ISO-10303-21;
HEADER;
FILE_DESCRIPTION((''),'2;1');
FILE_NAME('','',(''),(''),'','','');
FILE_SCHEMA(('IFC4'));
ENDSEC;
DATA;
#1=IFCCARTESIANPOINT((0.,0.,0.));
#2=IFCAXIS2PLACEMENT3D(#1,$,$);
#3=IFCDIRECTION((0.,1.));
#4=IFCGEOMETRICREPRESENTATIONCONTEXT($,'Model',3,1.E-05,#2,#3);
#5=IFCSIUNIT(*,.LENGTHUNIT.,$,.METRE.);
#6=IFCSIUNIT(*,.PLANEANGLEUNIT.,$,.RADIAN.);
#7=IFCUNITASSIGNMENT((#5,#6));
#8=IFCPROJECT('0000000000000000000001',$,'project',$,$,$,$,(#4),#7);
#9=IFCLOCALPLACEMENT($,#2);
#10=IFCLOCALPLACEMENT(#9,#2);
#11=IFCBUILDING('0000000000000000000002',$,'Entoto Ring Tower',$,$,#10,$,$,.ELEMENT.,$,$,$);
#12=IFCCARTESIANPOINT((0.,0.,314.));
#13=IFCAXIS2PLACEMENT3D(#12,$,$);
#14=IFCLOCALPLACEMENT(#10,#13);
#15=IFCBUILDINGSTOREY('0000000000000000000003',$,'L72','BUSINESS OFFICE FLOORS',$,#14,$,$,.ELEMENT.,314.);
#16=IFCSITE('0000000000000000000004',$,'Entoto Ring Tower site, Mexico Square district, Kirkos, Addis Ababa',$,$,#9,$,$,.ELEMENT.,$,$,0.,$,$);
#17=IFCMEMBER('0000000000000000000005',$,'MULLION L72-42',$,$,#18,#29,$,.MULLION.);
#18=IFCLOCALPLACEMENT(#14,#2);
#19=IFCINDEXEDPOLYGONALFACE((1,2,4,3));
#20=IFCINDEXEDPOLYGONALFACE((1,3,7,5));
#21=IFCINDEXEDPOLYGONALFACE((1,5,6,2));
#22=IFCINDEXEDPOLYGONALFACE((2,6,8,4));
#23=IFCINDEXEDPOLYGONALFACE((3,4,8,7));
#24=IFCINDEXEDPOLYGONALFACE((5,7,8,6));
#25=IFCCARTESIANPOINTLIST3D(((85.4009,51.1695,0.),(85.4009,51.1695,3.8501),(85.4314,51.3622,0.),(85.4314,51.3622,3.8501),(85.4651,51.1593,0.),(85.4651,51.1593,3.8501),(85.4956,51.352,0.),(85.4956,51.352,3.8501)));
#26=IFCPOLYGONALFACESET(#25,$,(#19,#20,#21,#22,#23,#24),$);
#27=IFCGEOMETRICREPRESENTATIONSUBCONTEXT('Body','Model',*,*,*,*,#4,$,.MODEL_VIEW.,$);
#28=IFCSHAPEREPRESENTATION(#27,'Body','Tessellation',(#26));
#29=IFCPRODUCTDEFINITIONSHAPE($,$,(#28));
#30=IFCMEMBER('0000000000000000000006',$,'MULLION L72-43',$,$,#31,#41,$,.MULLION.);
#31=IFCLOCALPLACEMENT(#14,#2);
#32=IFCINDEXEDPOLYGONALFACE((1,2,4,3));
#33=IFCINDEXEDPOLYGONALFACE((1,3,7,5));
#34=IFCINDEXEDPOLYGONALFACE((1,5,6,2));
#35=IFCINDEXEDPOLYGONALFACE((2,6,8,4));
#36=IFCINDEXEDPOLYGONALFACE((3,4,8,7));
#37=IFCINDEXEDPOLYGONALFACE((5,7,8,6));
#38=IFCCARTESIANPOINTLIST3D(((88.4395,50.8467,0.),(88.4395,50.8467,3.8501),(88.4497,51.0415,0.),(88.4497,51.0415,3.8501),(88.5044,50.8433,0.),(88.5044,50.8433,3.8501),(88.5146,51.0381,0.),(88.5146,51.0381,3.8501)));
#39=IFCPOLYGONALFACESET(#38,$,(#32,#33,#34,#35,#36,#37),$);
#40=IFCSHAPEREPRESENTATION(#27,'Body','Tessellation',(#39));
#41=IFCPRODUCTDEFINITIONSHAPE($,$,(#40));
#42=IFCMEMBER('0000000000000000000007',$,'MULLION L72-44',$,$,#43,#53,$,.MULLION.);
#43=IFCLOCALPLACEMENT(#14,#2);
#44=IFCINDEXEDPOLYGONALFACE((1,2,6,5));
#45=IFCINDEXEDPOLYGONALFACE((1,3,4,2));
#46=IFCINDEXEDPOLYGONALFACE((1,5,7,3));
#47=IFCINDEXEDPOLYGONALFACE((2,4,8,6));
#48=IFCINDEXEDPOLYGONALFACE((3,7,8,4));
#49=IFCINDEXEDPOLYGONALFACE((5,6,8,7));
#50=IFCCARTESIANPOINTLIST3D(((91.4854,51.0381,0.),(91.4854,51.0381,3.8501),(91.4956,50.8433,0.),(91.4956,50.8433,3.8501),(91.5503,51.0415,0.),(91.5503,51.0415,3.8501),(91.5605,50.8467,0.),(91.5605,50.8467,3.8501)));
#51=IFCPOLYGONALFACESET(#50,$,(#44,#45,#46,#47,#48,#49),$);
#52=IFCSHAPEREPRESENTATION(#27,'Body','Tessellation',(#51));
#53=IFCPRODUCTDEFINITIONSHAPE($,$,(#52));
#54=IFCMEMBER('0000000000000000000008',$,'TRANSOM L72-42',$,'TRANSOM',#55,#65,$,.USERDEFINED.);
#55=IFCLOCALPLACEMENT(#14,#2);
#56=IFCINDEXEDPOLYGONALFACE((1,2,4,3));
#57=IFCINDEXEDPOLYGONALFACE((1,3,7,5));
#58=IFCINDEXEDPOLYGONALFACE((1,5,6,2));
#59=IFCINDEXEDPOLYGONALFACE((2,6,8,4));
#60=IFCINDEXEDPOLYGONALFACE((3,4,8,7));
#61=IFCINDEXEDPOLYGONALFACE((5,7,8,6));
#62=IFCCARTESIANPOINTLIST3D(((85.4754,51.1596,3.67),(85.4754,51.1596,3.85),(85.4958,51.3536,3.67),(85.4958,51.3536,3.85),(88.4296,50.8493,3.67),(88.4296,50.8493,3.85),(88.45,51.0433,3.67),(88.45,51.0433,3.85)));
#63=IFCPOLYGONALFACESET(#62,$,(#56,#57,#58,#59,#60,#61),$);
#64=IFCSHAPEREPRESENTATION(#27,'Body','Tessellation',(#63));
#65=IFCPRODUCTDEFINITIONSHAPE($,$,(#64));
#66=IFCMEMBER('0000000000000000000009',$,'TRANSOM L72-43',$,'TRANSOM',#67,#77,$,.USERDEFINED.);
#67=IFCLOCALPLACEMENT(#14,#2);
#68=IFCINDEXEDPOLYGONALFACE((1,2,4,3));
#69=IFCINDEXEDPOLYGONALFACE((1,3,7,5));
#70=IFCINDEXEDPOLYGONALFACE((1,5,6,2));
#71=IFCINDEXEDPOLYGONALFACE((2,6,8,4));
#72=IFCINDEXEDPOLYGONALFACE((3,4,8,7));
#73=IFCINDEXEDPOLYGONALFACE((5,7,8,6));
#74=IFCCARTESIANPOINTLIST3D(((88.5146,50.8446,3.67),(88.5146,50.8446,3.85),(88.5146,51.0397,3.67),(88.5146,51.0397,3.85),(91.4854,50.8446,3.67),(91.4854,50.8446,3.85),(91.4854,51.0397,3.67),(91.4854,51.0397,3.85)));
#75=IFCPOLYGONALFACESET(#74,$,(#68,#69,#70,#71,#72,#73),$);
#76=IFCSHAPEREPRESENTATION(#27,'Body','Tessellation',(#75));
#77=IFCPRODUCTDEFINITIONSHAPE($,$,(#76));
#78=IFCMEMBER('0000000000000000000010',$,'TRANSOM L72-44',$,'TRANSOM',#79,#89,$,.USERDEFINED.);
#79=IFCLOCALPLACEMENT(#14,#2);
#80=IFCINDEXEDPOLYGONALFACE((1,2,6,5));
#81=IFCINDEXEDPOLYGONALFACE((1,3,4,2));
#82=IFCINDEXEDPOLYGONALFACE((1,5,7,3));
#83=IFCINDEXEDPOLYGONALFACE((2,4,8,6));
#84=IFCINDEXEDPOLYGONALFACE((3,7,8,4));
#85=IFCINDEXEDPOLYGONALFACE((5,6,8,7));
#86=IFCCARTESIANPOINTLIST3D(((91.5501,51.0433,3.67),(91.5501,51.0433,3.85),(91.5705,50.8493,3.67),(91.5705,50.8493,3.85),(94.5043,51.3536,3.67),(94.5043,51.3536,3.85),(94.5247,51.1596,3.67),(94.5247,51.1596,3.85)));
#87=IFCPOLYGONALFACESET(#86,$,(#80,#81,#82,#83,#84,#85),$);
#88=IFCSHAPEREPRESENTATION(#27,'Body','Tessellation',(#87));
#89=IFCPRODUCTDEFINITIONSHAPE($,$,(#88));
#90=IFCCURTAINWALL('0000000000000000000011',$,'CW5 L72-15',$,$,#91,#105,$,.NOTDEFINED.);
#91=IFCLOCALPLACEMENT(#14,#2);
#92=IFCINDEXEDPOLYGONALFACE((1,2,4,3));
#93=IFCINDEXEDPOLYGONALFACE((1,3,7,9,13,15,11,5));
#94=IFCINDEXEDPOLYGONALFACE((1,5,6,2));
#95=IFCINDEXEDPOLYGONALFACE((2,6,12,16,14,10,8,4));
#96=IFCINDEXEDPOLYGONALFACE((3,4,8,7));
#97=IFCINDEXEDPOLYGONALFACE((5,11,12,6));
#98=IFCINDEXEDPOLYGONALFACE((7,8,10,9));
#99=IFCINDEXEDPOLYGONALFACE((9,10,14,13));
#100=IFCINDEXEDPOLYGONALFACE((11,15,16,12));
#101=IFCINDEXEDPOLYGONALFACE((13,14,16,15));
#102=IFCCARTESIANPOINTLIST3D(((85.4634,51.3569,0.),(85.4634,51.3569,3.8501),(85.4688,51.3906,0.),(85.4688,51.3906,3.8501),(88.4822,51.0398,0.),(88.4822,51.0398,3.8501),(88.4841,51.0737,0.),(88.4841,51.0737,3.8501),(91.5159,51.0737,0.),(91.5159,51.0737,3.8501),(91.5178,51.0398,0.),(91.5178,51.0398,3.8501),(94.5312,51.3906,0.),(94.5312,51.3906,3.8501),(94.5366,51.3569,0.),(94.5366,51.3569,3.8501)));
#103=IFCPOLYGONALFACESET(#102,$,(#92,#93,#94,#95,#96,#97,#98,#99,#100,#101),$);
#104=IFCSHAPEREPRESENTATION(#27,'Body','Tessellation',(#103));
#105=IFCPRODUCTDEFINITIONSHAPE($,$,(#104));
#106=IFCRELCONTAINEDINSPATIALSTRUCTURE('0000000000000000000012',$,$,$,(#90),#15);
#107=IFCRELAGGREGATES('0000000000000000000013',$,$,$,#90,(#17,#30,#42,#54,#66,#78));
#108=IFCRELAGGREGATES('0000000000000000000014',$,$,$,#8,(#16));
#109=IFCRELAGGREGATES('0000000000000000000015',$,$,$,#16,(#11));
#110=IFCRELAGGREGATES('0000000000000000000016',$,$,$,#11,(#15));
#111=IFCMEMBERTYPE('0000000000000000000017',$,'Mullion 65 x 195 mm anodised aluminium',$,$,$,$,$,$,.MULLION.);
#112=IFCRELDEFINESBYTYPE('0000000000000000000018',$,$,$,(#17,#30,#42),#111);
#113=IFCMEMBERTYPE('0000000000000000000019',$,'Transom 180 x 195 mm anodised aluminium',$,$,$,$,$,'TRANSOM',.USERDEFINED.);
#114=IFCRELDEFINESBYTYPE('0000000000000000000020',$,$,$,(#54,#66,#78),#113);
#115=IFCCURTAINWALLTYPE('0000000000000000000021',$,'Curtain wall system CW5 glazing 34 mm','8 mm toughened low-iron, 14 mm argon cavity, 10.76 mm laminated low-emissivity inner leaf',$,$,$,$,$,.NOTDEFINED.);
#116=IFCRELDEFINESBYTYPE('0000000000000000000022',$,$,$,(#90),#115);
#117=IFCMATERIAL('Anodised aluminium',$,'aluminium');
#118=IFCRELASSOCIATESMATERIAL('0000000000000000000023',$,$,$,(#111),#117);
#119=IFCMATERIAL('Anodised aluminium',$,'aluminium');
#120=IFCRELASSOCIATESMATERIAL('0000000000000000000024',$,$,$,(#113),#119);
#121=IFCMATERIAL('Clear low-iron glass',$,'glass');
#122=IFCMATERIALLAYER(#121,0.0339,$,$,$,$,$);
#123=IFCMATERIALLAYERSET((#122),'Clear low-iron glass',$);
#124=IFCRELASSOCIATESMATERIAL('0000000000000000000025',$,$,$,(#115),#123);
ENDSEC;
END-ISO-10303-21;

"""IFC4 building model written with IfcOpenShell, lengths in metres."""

from ifc_helpers import new_model, si_unit, direction, frame, origin, origin_2d, place, context, subcontext, project, spatial, polyline, rectangle, outline, extrude, material, layer, layer_set, material_profile, profile_set, type_object, element, aggregate, save


model = new_model("IFC4")

# Units and contexts
model_context = context("Model", 3, precision=1e-05, world=origin(), true_north=direction((0.0, 1.0)))
body_context = subcontext(model_context, "Body", "Model", "MODEL_VIEW")
ifc_project = project(units=[si_unit("LENGTHUNIT", "METRE"), si_unit("PLANEANGLEUNIT", "RADIAN")], contexts=[model_context])

# Members
ifc_material_1 = material(Name="Anodised aluminium", Category="aluminium")
ifc_material_profile_1 = material_profile(ifc_material_1, rectangle(XDim=0.0649, YDim=0.1951, at=origin_2d()), Name="Mullion 65 x 195 mm anodised aluminium")
ifc_profile_set_1 = profile_set([ifc_material_profile_1], Name="Anodised aluminium")
member_type_1 = type_object("IfcMemberType", Name="Mullion 65 x 195 mm anodised aluminium", PredefinedType="MULLION", material=ifc_profile_set_1)
site_placement = place(None, origin())
building_placement = place(site_placement, origin())
storey_placement = place(building_placement, frame((0.0, 0.0, 314.0)))
member_1_placement = place(storey_placement, frame((85.4482, 51.2607, 0.0), z_axis=(0.0, 0.0, 1.0), x_axis=(0.987688, -0.156434, 0.0)))
member_1 = element("IfcMember", 1, at=member_1_placement, type_object=member_type_1, Name="MULLION L72-42", PredefinedType="MULLION", context=body_context, shape_type="SweptSolid", body=[
    extrude(rectangle(XDim=0.0649, YDim=0.1951, at=origin_2d()), origin(), (0.0, 0.0, 1.0), 3.8501),
])
member_2_placement = place(storey_placement, frame((88.4771, 50.9424, 0.0), z_axis=(0.0, 0.0, 1.0), x_axis=(0.99863, -0.052336, 0.0)))
member_2 = element("IfcMember", 2, at=member_2_placement, type_object=member_type_1, Name="MULLION L72-43", PredefinedType="MULLION", context=body_context, shape_type="SweptSolid", body=[
    extrude(rectangle(XDim=0.0649, YDim=0.1951, at=origin_2d()), origin(), (0.0, 0.0, 1.0), 3.8501),
])
member_3_placement = place(storey_placement, frame((91.5229, 50.9424, 0.0), z_axis=(0.0, 0.0, 1.0), x_axis=(0.99863, 0.052336, 0.0)))
member_3 = element("IfcMember", 3, at=member_3_placement, type_object=member_type_1, Name="MULLION L72-44", PredefinedType="MULLION", context=body_context, shape_type="SweptSolid", body=[
    extrude(rectangle(XDim=0.0649, YDim=0.1951, at=origin_2d()), origin(), (0.0, 0.0, 1.0), 3.8501),
])
ifc_material_2 = material(Name="Anodised aluminium", Category="aluminium")
ifc_material_profile_2 = material_profile(ifc_material_2, rectangle(XDim=0.1951, YDim=0.1799, at=origin_2d()), Name="Transom 180 x 195 mm anodised aluminium")
ifc_profile_set_2 = profile_set([ifc_material_profile_2], Name="Anodised aluminium")
member_type_2 = type_object("IfcMemberType", Name="Transom 180 x 195 mm anodised aluminium", ElementType="TRANSOM", PredefinedType="USERDEFINED", material=ifc_profile_set_2)
member_4_placement = place(storey_placement, frame((85.4856, 51.2566, 3.76), z_axis=(0.994528, -0.104467, 0.0), x_axis=(0.104467, 0.994528, 0.0)))
member_4 = element("IfcMember", 4, at=member_4_placement, type_object=member_type_2, Name="TRANSOM L72-42", ObjectType="TRANSOM", PredefinedType="USERDEFINED", context=body_context, shape_type="SweptSolid", body=[
    extrude(rectangle(XDim=0.1951, YDim=0.1799, at=origin_2d()), origin(), (0.0, 0.0, 1.0), 2.9705),
])
member_5_placement = place(storey_placement, frame((88.5146, 50.9421, 3.76), z_axis=(1.0, 0.0, 0.0), x_axis=(0.0, 1.0, 0.0)))
member_5 = element("IfcMember", 5, at=member_5_placement, type_object=member_type_2, Name="TRANSOM L72-43", ObjectType="TRANSOM", PredefinedType="USERDEFINED", context=body_context, shape_type="SweptSolid", body=[
    extrude(rectangle(XDim=0.1951, YDim=0.1799, at=origin_2d()), origin(), (0.0, 0.0, 1.0), 2.9707),
])
member_6_placement = place(storey_placement, frame((91.5603, 50.9463, 3.76), z_axis=(0.994528, 0.104467, 0.0), x_axis=(-0.104467, 0.994528, 0.0)))
member_6 = element("IfcMember", 6, at=member_6_placement, type_object=member_type_2, Name="TRANSOM L72-44", ObjectType="TRANSOM", PredefinedType="USERDEFINED", context=body_context, shape_type="SweptSolid", body=[
    extrude(rectangle(XDim=0.1951, YDim=0.1799, at=origin_2d()), origin(), (0.0, 0.0, 1.0), 2.9705),
])

# Site, building, storey
site = spatial("IfcSite", under=ifc_project, at=site_placement, Name="Entoto Ring Tower site, Mexico Square district, Kirkos, Addis Ababa", CompositionType="ELEMENT", RefElevation=0.0)
building = spatial("IfcBuilding", under=site, at=building_placement, Name="Entoto Ring Tower", CompositionType="ELEMENT")
storey = spatial("IfcBuildingStorey", under=building, at=storey_placement, Name="L72", Description="BUSINESS OFFICE FLOORS", CompositionType="ELEMENT", Elevation=314.0)

# Curtain wall
ifc_material_3 = material(Name="Clear low-iron glass", Category="glass")
ifc_layer = layer(ifc_material_3, 0.0339)
ifc_layer_set = layer_set([ifc_layer], Name="Clear low-iron glass")
curtain_wall_type = type_object("IfcCurtainWallType", Name="Curtain wall system CW5 glazing 34 mm", Description="8 mm toughened low-iron, 14 mm argon cavity, 10.76 mm laminated low-emissivity inner leaf", PredefinedType="NOTDEFINED", material=ifc_layer_set)
curtain_wall_1_placement = place(storey_placement, origin())
curtain_wall_1 = element("IfcCurtainWall", 7, at=curtain_wall_1_placement, inside=storey, type_object=curtain_wall_type, Name="CW5 L72-15", PredefinedType="NOTDEFINED", context=body_context, shape_type="SweptSolid", body=[
    extrude(outline(polyline([(85.4634, 51.3569), (88.4822, 51.0398), (91.5178, 51.0398), (94.5366, 51.3569), (94.5312, 51.3906), (91.5159, 51.0737), (88.4841, 51.0737), (85.4688, 51.3906), (85.4634, 51.3569)])), origin(), (0.0, 0.0, 1.0), 3.8501),
])
aggregate(curtain_wall_1, [member_1, member_2, member_3, member_4, member_5, member_6])

save(model, "model.ifc")
